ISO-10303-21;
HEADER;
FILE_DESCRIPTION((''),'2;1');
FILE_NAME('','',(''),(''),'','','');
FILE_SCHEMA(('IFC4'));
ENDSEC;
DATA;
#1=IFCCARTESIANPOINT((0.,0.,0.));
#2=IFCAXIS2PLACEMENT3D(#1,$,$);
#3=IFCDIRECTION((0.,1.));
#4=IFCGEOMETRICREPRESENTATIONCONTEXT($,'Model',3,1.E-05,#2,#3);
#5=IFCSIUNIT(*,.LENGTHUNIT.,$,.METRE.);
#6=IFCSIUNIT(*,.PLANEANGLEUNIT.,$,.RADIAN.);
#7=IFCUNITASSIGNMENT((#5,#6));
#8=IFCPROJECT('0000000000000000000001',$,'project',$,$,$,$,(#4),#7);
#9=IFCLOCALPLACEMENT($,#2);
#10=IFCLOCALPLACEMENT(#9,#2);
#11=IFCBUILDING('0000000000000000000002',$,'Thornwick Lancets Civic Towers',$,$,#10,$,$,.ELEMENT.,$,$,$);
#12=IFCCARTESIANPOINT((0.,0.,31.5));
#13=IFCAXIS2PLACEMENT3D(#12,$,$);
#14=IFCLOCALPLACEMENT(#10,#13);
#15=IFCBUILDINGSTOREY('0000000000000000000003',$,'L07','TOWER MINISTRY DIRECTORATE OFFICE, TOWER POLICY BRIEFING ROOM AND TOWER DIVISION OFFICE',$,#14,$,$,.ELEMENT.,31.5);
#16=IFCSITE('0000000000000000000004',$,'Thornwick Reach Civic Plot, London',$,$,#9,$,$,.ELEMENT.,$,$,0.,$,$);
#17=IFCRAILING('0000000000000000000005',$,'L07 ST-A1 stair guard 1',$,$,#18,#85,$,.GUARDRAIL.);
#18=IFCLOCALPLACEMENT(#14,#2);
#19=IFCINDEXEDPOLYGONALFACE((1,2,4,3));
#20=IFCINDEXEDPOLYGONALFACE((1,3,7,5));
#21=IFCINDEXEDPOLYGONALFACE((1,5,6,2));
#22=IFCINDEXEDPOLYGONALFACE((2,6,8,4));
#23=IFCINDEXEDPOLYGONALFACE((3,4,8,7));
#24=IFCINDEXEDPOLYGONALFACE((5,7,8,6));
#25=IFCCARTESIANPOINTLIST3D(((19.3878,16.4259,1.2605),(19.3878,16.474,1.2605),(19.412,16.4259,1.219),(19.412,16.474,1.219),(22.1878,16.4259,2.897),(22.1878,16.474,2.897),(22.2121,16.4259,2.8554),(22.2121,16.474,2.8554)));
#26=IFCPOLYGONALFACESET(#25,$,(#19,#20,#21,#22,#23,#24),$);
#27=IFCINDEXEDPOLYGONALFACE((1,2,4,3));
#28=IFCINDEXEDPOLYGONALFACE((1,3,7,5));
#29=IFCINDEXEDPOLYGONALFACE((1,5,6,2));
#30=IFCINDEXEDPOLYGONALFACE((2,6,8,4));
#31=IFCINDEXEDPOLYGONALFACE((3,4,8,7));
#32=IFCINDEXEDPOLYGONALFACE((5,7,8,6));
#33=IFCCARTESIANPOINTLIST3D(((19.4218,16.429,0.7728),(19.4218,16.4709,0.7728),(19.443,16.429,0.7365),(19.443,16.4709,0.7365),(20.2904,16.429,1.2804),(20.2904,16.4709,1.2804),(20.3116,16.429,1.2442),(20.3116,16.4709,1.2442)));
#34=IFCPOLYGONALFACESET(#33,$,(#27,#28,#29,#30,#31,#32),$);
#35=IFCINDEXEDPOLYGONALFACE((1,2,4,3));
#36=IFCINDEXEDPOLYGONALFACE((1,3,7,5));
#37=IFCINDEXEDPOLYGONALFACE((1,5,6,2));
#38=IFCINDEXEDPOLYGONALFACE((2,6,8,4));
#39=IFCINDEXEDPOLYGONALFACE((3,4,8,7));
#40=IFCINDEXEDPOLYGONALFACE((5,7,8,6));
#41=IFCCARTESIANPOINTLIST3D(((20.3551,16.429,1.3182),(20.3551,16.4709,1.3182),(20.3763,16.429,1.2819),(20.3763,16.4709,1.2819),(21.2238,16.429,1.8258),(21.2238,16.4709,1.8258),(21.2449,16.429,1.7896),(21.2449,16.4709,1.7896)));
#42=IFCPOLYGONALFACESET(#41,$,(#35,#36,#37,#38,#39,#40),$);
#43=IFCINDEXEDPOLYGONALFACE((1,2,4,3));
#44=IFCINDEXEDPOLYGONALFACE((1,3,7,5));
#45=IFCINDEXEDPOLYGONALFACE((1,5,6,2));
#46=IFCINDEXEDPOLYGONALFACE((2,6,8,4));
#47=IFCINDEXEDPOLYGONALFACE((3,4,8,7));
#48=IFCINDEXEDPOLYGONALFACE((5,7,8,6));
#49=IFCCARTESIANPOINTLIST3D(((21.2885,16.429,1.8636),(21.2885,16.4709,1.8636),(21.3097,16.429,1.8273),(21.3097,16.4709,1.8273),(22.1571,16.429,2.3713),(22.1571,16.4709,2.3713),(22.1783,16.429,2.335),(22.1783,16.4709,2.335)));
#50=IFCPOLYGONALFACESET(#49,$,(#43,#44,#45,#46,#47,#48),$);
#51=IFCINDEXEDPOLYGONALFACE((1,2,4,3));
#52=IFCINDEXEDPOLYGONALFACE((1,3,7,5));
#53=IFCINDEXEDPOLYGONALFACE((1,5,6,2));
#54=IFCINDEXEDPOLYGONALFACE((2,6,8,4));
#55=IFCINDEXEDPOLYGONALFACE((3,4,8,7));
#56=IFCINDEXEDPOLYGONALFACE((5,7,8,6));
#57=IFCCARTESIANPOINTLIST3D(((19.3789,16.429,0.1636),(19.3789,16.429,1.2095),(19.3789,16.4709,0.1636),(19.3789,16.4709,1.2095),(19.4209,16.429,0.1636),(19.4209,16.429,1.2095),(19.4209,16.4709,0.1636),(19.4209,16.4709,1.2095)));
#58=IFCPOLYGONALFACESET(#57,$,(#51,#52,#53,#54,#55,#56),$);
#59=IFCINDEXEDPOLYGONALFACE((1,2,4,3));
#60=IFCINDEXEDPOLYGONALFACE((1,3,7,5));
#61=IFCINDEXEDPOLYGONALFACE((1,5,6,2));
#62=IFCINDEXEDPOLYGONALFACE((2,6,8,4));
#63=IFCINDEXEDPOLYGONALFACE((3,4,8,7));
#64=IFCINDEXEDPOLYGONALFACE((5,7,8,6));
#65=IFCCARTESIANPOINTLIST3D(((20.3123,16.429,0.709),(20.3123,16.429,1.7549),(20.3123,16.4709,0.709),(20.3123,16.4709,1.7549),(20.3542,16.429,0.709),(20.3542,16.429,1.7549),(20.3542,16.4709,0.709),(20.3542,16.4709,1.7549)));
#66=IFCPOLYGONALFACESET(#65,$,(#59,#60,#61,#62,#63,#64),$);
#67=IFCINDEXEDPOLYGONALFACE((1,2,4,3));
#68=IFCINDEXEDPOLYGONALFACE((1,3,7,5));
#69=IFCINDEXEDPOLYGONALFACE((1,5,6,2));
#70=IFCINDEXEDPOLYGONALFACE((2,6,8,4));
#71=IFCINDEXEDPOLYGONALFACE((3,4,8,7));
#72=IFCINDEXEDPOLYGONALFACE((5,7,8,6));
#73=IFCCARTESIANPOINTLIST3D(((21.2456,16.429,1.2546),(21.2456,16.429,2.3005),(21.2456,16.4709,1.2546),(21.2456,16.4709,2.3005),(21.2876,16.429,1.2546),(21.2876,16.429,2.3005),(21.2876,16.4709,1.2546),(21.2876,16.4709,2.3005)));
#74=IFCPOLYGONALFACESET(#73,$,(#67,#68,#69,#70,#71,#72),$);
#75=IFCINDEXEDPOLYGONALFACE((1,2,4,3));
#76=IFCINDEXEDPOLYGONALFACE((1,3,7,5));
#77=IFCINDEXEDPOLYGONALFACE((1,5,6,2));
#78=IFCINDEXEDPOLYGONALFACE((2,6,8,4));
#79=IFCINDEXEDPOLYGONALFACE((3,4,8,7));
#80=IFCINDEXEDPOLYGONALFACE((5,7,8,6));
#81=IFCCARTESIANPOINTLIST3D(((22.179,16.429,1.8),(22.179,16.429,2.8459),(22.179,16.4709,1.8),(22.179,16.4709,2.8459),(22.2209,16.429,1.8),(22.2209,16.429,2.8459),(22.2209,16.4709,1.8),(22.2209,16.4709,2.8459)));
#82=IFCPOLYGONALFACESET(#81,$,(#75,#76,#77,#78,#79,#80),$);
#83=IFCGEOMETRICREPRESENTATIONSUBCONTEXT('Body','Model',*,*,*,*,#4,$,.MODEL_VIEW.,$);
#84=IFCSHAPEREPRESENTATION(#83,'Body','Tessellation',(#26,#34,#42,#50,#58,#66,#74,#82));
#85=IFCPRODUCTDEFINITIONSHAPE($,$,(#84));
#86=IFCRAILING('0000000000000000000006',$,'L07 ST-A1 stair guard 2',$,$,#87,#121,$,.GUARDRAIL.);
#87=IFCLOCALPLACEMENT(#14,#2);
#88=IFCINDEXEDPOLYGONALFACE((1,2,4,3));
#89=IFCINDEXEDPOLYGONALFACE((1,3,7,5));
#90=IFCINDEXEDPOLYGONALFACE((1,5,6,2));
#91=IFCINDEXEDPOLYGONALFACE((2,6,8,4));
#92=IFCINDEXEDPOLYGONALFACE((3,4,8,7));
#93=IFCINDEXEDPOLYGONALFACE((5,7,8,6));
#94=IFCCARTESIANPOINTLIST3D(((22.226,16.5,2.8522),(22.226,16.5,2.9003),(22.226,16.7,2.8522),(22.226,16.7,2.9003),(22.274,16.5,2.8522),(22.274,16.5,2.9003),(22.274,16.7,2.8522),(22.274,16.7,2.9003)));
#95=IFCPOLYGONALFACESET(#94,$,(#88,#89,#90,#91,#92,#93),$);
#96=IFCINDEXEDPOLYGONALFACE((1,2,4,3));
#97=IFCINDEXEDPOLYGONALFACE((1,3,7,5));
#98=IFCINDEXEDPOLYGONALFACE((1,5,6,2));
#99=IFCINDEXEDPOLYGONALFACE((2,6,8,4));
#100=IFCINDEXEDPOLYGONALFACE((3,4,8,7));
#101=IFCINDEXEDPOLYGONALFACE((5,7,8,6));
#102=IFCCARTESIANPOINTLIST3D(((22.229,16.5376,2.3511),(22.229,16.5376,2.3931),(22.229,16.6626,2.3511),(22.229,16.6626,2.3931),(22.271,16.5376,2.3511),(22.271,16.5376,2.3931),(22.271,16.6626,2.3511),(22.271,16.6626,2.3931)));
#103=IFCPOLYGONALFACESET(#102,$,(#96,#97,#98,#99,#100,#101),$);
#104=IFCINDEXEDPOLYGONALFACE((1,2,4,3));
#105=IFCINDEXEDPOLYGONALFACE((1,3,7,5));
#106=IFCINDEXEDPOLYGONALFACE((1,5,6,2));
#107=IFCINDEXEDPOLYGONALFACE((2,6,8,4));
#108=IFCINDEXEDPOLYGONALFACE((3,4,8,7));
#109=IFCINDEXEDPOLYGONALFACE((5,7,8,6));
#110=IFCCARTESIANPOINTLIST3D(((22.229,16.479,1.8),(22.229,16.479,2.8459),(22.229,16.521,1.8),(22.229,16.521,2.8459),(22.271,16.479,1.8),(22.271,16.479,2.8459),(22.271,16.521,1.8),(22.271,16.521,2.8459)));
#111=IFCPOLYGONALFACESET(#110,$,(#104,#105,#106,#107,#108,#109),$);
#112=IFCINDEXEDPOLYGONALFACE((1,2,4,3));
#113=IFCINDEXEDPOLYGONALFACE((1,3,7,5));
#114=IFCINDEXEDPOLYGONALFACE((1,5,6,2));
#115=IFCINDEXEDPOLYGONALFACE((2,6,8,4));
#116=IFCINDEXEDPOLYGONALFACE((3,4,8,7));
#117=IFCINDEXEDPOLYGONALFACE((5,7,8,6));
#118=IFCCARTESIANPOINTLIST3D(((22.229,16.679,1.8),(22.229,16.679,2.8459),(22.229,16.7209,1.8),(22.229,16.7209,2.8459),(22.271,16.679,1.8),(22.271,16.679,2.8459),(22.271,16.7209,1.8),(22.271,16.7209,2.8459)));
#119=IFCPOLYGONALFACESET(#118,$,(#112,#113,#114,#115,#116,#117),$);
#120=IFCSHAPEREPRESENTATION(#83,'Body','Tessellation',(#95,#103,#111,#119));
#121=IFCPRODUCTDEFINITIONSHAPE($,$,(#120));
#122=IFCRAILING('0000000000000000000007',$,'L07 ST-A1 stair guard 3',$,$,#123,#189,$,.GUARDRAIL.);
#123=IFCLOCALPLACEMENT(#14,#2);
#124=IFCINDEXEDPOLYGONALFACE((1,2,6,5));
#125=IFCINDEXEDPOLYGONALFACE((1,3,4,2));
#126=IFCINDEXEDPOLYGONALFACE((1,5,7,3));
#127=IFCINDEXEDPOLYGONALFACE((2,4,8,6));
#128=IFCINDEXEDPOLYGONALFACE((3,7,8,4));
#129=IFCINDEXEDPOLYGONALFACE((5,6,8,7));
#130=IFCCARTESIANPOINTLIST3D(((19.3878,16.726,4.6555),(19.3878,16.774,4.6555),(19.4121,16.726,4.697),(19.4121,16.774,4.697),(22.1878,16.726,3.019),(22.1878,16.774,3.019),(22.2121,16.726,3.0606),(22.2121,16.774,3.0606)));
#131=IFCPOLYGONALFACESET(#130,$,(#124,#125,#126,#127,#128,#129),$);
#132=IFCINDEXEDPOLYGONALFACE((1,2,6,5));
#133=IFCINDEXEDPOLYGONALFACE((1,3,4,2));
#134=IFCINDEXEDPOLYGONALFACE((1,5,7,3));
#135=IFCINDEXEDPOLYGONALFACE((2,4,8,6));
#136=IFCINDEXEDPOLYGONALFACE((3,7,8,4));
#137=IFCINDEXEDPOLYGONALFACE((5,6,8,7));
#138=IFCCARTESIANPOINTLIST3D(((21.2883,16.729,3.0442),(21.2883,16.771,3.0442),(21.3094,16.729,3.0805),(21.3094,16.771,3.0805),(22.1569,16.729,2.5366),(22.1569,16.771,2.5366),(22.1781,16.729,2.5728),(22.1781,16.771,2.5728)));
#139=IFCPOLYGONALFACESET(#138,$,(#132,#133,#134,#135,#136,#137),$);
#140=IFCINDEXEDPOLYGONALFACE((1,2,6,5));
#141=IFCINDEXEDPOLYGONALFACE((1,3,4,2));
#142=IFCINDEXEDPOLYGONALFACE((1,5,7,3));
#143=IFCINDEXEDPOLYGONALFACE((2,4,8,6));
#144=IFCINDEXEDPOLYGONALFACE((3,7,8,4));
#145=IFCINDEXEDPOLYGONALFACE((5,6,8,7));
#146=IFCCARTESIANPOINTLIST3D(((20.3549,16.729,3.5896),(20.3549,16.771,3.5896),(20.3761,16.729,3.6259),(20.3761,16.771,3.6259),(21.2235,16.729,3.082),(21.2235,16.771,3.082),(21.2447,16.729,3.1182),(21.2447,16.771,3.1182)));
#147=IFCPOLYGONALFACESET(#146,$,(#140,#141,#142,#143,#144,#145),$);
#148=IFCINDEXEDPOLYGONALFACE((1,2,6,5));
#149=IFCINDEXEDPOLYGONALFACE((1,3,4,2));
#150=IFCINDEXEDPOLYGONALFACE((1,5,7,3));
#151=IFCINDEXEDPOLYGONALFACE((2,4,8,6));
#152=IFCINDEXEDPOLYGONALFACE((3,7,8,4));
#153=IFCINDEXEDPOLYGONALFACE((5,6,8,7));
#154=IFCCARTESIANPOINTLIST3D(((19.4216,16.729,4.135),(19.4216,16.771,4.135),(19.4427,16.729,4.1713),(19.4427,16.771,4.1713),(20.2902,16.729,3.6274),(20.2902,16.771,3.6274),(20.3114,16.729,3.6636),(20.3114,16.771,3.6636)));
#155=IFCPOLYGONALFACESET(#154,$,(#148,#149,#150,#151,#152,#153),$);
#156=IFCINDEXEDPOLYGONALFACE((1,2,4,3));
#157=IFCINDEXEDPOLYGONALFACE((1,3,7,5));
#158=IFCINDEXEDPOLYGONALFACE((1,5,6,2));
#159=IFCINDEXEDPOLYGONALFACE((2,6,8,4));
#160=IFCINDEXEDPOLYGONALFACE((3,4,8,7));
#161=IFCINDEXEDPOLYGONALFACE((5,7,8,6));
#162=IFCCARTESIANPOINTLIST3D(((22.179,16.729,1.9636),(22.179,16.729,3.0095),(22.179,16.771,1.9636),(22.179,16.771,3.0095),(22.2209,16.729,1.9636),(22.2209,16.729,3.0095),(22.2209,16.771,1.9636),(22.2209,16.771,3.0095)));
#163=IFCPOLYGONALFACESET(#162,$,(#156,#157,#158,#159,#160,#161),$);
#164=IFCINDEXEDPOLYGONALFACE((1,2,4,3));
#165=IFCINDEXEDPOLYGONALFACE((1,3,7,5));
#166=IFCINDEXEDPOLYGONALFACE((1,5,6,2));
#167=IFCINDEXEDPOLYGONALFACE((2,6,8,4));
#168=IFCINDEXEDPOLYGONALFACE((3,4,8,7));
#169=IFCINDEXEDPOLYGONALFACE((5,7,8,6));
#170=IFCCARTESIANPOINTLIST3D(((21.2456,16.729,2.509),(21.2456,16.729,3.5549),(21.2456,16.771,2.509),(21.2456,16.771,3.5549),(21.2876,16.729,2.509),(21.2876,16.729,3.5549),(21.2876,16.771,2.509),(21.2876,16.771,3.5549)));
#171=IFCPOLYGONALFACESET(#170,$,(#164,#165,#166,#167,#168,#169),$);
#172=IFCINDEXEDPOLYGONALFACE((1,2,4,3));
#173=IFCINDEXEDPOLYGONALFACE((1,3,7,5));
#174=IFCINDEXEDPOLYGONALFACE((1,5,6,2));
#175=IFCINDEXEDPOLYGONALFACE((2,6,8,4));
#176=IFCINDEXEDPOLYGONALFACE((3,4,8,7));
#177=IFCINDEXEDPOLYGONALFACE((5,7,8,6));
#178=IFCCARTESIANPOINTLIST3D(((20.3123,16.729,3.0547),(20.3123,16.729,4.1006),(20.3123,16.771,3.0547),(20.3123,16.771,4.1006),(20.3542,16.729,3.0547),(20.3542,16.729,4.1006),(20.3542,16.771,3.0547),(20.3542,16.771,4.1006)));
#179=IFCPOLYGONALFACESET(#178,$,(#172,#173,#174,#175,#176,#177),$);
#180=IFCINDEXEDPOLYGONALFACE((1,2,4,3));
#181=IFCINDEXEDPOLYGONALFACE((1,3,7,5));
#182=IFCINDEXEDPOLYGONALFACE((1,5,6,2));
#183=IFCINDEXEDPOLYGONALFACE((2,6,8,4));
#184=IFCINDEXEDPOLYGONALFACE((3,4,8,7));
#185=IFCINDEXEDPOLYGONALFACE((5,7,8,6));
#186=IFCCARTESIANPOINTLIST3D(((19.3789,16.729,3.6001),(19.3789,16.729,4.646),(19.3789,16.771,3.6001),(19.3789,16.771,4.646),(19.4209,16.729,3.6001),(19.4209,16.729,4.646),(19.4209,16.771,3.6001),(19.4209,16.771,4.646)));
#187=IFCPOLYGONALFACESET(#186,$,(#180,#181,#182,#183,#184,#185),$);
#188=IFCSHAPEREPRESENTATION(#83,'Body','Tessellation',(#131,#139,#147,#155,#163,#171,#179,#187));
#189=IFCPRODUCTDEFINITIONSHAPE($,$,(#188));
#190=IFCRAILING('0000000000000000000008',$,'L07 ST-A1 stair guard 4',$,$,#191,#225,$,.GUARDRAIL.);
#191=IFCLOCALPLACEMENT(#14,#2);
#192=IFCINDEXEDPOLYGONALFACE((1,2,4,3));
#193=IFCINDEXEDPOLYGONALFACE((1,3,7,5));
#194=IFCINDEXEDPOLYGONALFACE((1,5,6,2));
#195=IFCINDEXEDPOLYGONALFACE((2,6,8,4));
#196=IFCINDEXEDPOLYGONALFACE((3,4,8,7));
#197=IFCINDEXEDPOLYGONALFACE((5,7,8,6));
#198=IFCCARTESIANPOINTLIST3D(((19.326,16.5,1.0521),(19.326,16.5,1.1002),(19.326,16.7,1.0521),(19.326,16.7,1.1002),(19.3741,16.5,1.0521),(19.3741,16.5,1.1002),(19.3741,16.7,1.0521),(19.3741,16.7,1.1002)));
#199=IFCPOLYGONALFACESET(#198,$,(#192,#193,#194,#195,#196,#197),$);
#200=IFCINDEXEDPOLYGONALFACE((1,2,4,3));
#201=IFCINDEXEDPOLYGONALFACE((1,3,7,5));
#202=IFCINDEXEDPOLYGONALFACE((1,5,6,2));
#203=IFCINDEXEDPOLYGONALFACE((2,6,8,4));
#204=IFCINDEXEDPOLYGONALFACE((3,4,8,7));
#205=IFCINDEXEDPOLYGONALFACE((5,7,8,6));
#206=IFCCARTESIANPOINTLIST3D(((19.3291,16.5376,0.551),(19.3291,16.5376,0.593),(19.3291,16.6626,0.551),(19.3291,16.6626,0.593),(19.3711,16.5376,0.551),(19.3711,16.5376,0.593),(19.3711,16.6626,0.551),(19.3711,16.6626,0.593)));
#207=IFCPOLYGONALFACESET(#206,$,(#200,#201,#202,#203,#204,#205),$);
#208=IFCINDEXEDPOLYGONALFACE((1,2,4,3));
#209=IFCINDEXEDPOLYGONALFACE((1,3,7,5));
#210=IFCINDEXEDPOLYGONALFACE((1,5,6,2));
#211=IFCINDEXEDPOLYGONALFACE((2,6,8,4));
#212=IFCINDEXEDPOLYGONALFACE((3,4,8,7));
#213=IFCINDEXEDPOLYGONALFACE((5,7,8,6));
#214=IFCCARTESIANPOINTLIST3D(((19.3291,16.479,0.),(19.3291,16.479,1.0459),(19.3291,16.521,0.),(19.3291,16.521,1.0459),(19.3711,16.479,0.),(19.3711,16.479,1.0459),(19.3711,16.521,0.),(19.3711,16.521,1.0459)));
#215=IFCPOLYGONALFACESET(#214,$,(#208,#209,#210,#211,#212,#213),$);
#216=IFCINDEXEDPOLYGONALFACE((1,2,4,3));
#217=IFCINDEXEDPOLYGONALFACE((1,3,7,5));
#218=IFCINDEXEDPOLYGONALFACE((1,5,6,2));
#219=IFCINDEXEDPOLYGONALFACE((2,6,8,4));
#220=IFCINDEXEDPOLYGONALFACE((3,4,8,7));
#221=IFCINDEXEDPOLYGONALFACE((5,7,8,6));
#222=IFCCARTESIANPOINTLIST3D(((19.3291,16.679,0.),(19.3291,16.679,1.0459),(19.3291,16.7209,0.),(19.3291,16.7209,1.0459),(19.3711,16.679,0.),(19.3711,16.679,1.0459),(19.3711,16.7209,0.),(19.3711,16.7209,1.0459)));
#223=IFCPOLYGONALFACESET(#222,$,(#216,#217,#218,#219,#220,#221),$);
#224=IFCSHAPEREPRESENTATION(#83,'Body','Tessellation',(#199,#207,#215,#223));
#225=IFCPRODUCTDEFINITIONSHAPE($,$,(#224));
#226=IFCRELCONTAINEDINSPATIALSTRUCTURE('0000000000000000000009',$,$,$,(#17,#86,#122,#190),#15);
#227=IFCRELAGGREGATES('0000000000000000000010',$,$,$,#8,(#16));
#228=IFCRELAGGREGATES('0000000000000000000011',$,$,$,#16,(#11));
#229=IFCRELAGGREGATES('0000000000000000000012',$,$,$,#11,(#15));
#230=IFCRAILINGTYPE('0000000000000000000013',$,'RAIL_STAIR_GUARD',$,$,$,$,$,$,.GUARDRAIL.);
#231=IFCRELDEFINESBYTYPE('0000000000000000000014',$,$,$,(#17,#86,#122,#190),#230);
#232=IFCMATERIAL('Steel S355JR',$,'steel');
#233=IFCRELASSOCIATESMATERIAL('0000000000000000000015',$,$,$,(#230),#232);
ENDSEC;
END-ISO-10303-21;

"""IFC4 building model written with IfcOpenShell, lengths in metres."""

from ifc_helpers import new_model, si_unit, direction, frame, origin, origin_2d, place, context, subcontext, project, spatial, rectangle, extrude, material, type_object, element, save


model = new_model("IFC4")

# Units and contexts
model_context = context("Model", 3, precision=1e-05, world=origin(), true_north=direction((0.0, 1.0)))
body_context = subcontext(model_context, "Body", "Model", "MODEL_VIEW")
ifc_project = project(units=[si_unit("LENGTHUNIT", "METRE"), si_unit("PLANEANGLEUNIT", "RADIAN")], contexts=[model_context])

# Site, building, storey
site_placement = place(None, origin())
site = spatial("IfcSite", under=ifc_project, at=site_placement, Name="Thornwick Reach Civic Plot, London", CompositionType="ELEMENT", RefElevation=0.0)
building_placement = place(site_placement, origin())
building = spatial("IfcBuilding", under=site, at=building_placement, Name="Thornwick Lancets Civic Towers", CompositionType="ELEMENT")
storey_placement = place(building_placement, frame((0.0, 0.0, 31.5)))
storey = spatial("IfcBuildingStorey", under=building, at=storey_placement, Name="L07", Description="TOWER MINISTRY DIRECTORATE OFFICE, TOWER POLICY BRIEFING ROOM AND TOWER DIVISION OFFICE", CompositionType="ELEMENT", Elevation=31.5)

# Railings
ifc_material_1 = material(Name="Steel S355JR", Category="steel")
railing_type_1 = type_object("IfcRailingType", Name="RAIL_STAIR_GUARD", PredefinedType="GUARDRAIL", material=ifc_material_1)
railing_1_placement = place(storey_placement, frame((19.3999, 16.45, 0.1636)))
element("IfcRailing", 1, at=railing_1_placement, inside=storey, type_object=railing_type_1, Name="L07 ST-A1 stair guard 1", PredefinedType="GUARDRAIL", context=body_context, shape_type="SweptSolid", body=[
    extrude(rectangle(XDim=0.0481, YDim=0.0481, at=origin_2d()), frame((0.0, 0.0, 1.0762), z_axis=(0.863361, 0.0, 0.504587), x_axis=(0.0, 1.0, 0.0)), (0.0, 0.0, 1.0), 3.2432),
    extrude(rectangle(XDim=0.042, YDim=0.042, at=origin_2d()), frame((0.0325, 0.0, 0.5911), z_axis=(0.863361, 0.0, 0.504587), x_axis=(0.0, 1.0, 0.0)), (0.0, 0.0, 1.0), 1.0061),
    extrude(rectangle(XDim=0.042, YDim=0.042, at=origin_2d()), frame((0.9658, 0.0, 1.1365), z_axis=(0.863361, 0.0, 0.504587), x_axis=(0.0, 1.0, 0.0)), (0.0, 0.0, 1.0), 1.0061),
    extrude(rectangle(XDim=0.042, YDim=0.042, at=origin_2d()), frame((1.8992, 0.0, 1.6819), z_axis=(0.863361, 0.0, 0.504587), x_axis=(0.0, 1.0, 0.0)), (0.0, 0.0, 1.0), 1.0061),
    extrude(rectangle(XDim=0.042, YDim=0.042, at=origin_2d()), origin(), (0.0, 0.0, 1.0), 1.0459),
    extrude(rectangle(XDim=0.042, YDim=0.042, at=origin_2d()), frame((0.9333, 0.0, 0.5454)), (0.0, 0.0, 1.0), 1.0459),
    extrude(rectangle(XDim=0.042, YDim=0.042, at=origin_2d()), frame((1.8667, 0.0, 1.0911)), (0.0, 0.0, 1.0), 1.0459),
    extrude(rectangle(XDim=0.042, YDim=0.042, at=origin_2d()), frame((2.8, 0.0, 1.6365)), (0.0, 0.0, 1.0), 1.0459),
])
railing_2_placement = place(storey_placement, frame((22.25, 16.5, 1.8)))
element("IfcRailing", 2, at=railing_2_placement, inside=storey, type_object=railing_type_1, Name="L07 ST-A1 stair guard 2", PredefinedType="GUARDRAIL", context=body_context, shape_type="SweptSolid", body=[
    extrude(rectangle(XDim=0.0481, YDim=0.0481, at=origin_2d()), frame((0.0, 0.0, 1.0762), z_axis=(0.0, 1.0, 0.0), x_axis=(-1.0, 0.0, 0.0)), (0.0, 0.0, 1.0), 0.2),
    extrude(rectangle(XDim=0.042, YDim=0.042, at=origin_2d()), frame((0.0, 0.0376, 0.572), z_axis=(0.0, 1.0, 0.0), x_axis=(-1.0, 0.0, 0.0)), (0.0, 0.0, 1.0), 0.125),
    extrude(rectangle(XDim=0.042, YDim=0.042, at=origin_2d()), origin(), (0.0, 0.0, 1.0), 1.0459),
    extrude(rectangle(XDim=0.042, YDim=0.042, at=origin_2d()), frame((0.0, 0.2, 0.0)), (0.0, 0.0, 1.0), 1.0459),
])
railing_3_placement = place(storey_placement, frame((22.2, 16.75, 1.9636)))
element("IfcRailing", 3, at=railing_3_placement, inside=storey, type_object=railing_type_1, Name="L07 ST-A1 stair guard 3", PredefinedType="GUARDRAIL", context=body_context, shape_type="SweptSolid", body=[
    extrude(rectangle(XDim=0.0481, YDim=0.0481, at=origin_2d()), frame((0.0, 0.0, 1.0762), z_axis=(-0.863361, 0.0, 0.504587), x_axis=(0.0, -1.0, 0.0)), (0.0, 0.0, 1.0), 3.2432),
    extrude(rectangle(XDim=0.042, YDim=0.042, at=origin_2d()), frame((-0.0325, 0.0, 0.5911), z_axis=(-0.863361, 0.0, 0.504587), x_axis=(0.0, -1.0, 0.0)), (0.0, 0.0, 1.0), 1.0061),
    extrude(rectangle(XDim=0.042, YDim=0.042, at=origin_2d()), frame((-0.9658, 0.0, 1.1365), z_axis=(-0.863361, 0.0, 0.504587), x_axis=(0.0, -1.0, 0.0)), (0.0, 0.0, 1.0), 1.0061),
    extrude(rectangle(XDim=0.042, YDim=0.042, at=origin_2d()), frame((-1.8992, 0.0, 1.6819), z_axis=(-0.863361, 0.0, 0.504587), x_axis=(0.0, -1.0, 0.0)), (0.0, 0.0, 1.0), 1.0061),
    extrude(rectangle(XDim=0.042, YDim=0.042, at=origin_2d()), origin(), (0.0, 0.0, 1.0), 1.0459),
    extrude(rectangle(XDim=0.042, YDim=0.042, at=origin_2d()), frame((-0.9333, 0.0, 0.5454)), (0.0, 0.0, 1.0), 1.0459),
    extrude(rectangle(XDim=0.042, YDim=0.042, at=origin_2d()), frame((-1.8667, 0.0, 1.0911)), (0.0, 0.0, 1.0), 1.0459),
    extrude(rectangle(XDim=0.042, YDim=0.042, at=origin_2d()), frame((-2.8, 0.0, 1.6365)), (0.0, 0.0, 1.0), 1.0459),
])
railing_4_placement = place(storey_placement, frame((19.3501, 16.5, 0.0)))
element("IfcRailing", 4, at=railing_4_placement, inside=storey, type_object=railing_type_1, Name="L07 ST-A1 stair guard 4", PredefinedType="GUARDRAIL", context=body_context, shape_type="SweptSolid", body=[
    extrude(rectangle(XDim=0.0481, YDim=0.0481, at=origin_2d()), frame((0.0, 0.0, 1.0762), z_axis=(0.0, 1.0, 0.0), x_axis=(-1.0, 0.0, 0.0)), (0.0, 0.0, 1.0), 0.2),
    extrude(rectangle(XDim=0.042, YDim=0.042, at=origin_2d()), frame((0.0, 0.0376, 0.572), z_axis=(0.0, 1.0, 0.0), x_axis=(-1.0, 0.0, 0.0)), (0.0, 0.0, 1.0), 0.125),
    extrude(rectangle(XDim=0.042, YDim=0.042, at=origin_2d()), origin(), (0.0, 0.0, 1.0), 1.0459),
    extrude(rectangle(XDim=0.042, YDim=0.042, at=origin_2d()), frame((0.0, 0.2, 0.0)), (0.0, 0.0, 1.0), 1.0459),
])

save(model, "model.ifc")
